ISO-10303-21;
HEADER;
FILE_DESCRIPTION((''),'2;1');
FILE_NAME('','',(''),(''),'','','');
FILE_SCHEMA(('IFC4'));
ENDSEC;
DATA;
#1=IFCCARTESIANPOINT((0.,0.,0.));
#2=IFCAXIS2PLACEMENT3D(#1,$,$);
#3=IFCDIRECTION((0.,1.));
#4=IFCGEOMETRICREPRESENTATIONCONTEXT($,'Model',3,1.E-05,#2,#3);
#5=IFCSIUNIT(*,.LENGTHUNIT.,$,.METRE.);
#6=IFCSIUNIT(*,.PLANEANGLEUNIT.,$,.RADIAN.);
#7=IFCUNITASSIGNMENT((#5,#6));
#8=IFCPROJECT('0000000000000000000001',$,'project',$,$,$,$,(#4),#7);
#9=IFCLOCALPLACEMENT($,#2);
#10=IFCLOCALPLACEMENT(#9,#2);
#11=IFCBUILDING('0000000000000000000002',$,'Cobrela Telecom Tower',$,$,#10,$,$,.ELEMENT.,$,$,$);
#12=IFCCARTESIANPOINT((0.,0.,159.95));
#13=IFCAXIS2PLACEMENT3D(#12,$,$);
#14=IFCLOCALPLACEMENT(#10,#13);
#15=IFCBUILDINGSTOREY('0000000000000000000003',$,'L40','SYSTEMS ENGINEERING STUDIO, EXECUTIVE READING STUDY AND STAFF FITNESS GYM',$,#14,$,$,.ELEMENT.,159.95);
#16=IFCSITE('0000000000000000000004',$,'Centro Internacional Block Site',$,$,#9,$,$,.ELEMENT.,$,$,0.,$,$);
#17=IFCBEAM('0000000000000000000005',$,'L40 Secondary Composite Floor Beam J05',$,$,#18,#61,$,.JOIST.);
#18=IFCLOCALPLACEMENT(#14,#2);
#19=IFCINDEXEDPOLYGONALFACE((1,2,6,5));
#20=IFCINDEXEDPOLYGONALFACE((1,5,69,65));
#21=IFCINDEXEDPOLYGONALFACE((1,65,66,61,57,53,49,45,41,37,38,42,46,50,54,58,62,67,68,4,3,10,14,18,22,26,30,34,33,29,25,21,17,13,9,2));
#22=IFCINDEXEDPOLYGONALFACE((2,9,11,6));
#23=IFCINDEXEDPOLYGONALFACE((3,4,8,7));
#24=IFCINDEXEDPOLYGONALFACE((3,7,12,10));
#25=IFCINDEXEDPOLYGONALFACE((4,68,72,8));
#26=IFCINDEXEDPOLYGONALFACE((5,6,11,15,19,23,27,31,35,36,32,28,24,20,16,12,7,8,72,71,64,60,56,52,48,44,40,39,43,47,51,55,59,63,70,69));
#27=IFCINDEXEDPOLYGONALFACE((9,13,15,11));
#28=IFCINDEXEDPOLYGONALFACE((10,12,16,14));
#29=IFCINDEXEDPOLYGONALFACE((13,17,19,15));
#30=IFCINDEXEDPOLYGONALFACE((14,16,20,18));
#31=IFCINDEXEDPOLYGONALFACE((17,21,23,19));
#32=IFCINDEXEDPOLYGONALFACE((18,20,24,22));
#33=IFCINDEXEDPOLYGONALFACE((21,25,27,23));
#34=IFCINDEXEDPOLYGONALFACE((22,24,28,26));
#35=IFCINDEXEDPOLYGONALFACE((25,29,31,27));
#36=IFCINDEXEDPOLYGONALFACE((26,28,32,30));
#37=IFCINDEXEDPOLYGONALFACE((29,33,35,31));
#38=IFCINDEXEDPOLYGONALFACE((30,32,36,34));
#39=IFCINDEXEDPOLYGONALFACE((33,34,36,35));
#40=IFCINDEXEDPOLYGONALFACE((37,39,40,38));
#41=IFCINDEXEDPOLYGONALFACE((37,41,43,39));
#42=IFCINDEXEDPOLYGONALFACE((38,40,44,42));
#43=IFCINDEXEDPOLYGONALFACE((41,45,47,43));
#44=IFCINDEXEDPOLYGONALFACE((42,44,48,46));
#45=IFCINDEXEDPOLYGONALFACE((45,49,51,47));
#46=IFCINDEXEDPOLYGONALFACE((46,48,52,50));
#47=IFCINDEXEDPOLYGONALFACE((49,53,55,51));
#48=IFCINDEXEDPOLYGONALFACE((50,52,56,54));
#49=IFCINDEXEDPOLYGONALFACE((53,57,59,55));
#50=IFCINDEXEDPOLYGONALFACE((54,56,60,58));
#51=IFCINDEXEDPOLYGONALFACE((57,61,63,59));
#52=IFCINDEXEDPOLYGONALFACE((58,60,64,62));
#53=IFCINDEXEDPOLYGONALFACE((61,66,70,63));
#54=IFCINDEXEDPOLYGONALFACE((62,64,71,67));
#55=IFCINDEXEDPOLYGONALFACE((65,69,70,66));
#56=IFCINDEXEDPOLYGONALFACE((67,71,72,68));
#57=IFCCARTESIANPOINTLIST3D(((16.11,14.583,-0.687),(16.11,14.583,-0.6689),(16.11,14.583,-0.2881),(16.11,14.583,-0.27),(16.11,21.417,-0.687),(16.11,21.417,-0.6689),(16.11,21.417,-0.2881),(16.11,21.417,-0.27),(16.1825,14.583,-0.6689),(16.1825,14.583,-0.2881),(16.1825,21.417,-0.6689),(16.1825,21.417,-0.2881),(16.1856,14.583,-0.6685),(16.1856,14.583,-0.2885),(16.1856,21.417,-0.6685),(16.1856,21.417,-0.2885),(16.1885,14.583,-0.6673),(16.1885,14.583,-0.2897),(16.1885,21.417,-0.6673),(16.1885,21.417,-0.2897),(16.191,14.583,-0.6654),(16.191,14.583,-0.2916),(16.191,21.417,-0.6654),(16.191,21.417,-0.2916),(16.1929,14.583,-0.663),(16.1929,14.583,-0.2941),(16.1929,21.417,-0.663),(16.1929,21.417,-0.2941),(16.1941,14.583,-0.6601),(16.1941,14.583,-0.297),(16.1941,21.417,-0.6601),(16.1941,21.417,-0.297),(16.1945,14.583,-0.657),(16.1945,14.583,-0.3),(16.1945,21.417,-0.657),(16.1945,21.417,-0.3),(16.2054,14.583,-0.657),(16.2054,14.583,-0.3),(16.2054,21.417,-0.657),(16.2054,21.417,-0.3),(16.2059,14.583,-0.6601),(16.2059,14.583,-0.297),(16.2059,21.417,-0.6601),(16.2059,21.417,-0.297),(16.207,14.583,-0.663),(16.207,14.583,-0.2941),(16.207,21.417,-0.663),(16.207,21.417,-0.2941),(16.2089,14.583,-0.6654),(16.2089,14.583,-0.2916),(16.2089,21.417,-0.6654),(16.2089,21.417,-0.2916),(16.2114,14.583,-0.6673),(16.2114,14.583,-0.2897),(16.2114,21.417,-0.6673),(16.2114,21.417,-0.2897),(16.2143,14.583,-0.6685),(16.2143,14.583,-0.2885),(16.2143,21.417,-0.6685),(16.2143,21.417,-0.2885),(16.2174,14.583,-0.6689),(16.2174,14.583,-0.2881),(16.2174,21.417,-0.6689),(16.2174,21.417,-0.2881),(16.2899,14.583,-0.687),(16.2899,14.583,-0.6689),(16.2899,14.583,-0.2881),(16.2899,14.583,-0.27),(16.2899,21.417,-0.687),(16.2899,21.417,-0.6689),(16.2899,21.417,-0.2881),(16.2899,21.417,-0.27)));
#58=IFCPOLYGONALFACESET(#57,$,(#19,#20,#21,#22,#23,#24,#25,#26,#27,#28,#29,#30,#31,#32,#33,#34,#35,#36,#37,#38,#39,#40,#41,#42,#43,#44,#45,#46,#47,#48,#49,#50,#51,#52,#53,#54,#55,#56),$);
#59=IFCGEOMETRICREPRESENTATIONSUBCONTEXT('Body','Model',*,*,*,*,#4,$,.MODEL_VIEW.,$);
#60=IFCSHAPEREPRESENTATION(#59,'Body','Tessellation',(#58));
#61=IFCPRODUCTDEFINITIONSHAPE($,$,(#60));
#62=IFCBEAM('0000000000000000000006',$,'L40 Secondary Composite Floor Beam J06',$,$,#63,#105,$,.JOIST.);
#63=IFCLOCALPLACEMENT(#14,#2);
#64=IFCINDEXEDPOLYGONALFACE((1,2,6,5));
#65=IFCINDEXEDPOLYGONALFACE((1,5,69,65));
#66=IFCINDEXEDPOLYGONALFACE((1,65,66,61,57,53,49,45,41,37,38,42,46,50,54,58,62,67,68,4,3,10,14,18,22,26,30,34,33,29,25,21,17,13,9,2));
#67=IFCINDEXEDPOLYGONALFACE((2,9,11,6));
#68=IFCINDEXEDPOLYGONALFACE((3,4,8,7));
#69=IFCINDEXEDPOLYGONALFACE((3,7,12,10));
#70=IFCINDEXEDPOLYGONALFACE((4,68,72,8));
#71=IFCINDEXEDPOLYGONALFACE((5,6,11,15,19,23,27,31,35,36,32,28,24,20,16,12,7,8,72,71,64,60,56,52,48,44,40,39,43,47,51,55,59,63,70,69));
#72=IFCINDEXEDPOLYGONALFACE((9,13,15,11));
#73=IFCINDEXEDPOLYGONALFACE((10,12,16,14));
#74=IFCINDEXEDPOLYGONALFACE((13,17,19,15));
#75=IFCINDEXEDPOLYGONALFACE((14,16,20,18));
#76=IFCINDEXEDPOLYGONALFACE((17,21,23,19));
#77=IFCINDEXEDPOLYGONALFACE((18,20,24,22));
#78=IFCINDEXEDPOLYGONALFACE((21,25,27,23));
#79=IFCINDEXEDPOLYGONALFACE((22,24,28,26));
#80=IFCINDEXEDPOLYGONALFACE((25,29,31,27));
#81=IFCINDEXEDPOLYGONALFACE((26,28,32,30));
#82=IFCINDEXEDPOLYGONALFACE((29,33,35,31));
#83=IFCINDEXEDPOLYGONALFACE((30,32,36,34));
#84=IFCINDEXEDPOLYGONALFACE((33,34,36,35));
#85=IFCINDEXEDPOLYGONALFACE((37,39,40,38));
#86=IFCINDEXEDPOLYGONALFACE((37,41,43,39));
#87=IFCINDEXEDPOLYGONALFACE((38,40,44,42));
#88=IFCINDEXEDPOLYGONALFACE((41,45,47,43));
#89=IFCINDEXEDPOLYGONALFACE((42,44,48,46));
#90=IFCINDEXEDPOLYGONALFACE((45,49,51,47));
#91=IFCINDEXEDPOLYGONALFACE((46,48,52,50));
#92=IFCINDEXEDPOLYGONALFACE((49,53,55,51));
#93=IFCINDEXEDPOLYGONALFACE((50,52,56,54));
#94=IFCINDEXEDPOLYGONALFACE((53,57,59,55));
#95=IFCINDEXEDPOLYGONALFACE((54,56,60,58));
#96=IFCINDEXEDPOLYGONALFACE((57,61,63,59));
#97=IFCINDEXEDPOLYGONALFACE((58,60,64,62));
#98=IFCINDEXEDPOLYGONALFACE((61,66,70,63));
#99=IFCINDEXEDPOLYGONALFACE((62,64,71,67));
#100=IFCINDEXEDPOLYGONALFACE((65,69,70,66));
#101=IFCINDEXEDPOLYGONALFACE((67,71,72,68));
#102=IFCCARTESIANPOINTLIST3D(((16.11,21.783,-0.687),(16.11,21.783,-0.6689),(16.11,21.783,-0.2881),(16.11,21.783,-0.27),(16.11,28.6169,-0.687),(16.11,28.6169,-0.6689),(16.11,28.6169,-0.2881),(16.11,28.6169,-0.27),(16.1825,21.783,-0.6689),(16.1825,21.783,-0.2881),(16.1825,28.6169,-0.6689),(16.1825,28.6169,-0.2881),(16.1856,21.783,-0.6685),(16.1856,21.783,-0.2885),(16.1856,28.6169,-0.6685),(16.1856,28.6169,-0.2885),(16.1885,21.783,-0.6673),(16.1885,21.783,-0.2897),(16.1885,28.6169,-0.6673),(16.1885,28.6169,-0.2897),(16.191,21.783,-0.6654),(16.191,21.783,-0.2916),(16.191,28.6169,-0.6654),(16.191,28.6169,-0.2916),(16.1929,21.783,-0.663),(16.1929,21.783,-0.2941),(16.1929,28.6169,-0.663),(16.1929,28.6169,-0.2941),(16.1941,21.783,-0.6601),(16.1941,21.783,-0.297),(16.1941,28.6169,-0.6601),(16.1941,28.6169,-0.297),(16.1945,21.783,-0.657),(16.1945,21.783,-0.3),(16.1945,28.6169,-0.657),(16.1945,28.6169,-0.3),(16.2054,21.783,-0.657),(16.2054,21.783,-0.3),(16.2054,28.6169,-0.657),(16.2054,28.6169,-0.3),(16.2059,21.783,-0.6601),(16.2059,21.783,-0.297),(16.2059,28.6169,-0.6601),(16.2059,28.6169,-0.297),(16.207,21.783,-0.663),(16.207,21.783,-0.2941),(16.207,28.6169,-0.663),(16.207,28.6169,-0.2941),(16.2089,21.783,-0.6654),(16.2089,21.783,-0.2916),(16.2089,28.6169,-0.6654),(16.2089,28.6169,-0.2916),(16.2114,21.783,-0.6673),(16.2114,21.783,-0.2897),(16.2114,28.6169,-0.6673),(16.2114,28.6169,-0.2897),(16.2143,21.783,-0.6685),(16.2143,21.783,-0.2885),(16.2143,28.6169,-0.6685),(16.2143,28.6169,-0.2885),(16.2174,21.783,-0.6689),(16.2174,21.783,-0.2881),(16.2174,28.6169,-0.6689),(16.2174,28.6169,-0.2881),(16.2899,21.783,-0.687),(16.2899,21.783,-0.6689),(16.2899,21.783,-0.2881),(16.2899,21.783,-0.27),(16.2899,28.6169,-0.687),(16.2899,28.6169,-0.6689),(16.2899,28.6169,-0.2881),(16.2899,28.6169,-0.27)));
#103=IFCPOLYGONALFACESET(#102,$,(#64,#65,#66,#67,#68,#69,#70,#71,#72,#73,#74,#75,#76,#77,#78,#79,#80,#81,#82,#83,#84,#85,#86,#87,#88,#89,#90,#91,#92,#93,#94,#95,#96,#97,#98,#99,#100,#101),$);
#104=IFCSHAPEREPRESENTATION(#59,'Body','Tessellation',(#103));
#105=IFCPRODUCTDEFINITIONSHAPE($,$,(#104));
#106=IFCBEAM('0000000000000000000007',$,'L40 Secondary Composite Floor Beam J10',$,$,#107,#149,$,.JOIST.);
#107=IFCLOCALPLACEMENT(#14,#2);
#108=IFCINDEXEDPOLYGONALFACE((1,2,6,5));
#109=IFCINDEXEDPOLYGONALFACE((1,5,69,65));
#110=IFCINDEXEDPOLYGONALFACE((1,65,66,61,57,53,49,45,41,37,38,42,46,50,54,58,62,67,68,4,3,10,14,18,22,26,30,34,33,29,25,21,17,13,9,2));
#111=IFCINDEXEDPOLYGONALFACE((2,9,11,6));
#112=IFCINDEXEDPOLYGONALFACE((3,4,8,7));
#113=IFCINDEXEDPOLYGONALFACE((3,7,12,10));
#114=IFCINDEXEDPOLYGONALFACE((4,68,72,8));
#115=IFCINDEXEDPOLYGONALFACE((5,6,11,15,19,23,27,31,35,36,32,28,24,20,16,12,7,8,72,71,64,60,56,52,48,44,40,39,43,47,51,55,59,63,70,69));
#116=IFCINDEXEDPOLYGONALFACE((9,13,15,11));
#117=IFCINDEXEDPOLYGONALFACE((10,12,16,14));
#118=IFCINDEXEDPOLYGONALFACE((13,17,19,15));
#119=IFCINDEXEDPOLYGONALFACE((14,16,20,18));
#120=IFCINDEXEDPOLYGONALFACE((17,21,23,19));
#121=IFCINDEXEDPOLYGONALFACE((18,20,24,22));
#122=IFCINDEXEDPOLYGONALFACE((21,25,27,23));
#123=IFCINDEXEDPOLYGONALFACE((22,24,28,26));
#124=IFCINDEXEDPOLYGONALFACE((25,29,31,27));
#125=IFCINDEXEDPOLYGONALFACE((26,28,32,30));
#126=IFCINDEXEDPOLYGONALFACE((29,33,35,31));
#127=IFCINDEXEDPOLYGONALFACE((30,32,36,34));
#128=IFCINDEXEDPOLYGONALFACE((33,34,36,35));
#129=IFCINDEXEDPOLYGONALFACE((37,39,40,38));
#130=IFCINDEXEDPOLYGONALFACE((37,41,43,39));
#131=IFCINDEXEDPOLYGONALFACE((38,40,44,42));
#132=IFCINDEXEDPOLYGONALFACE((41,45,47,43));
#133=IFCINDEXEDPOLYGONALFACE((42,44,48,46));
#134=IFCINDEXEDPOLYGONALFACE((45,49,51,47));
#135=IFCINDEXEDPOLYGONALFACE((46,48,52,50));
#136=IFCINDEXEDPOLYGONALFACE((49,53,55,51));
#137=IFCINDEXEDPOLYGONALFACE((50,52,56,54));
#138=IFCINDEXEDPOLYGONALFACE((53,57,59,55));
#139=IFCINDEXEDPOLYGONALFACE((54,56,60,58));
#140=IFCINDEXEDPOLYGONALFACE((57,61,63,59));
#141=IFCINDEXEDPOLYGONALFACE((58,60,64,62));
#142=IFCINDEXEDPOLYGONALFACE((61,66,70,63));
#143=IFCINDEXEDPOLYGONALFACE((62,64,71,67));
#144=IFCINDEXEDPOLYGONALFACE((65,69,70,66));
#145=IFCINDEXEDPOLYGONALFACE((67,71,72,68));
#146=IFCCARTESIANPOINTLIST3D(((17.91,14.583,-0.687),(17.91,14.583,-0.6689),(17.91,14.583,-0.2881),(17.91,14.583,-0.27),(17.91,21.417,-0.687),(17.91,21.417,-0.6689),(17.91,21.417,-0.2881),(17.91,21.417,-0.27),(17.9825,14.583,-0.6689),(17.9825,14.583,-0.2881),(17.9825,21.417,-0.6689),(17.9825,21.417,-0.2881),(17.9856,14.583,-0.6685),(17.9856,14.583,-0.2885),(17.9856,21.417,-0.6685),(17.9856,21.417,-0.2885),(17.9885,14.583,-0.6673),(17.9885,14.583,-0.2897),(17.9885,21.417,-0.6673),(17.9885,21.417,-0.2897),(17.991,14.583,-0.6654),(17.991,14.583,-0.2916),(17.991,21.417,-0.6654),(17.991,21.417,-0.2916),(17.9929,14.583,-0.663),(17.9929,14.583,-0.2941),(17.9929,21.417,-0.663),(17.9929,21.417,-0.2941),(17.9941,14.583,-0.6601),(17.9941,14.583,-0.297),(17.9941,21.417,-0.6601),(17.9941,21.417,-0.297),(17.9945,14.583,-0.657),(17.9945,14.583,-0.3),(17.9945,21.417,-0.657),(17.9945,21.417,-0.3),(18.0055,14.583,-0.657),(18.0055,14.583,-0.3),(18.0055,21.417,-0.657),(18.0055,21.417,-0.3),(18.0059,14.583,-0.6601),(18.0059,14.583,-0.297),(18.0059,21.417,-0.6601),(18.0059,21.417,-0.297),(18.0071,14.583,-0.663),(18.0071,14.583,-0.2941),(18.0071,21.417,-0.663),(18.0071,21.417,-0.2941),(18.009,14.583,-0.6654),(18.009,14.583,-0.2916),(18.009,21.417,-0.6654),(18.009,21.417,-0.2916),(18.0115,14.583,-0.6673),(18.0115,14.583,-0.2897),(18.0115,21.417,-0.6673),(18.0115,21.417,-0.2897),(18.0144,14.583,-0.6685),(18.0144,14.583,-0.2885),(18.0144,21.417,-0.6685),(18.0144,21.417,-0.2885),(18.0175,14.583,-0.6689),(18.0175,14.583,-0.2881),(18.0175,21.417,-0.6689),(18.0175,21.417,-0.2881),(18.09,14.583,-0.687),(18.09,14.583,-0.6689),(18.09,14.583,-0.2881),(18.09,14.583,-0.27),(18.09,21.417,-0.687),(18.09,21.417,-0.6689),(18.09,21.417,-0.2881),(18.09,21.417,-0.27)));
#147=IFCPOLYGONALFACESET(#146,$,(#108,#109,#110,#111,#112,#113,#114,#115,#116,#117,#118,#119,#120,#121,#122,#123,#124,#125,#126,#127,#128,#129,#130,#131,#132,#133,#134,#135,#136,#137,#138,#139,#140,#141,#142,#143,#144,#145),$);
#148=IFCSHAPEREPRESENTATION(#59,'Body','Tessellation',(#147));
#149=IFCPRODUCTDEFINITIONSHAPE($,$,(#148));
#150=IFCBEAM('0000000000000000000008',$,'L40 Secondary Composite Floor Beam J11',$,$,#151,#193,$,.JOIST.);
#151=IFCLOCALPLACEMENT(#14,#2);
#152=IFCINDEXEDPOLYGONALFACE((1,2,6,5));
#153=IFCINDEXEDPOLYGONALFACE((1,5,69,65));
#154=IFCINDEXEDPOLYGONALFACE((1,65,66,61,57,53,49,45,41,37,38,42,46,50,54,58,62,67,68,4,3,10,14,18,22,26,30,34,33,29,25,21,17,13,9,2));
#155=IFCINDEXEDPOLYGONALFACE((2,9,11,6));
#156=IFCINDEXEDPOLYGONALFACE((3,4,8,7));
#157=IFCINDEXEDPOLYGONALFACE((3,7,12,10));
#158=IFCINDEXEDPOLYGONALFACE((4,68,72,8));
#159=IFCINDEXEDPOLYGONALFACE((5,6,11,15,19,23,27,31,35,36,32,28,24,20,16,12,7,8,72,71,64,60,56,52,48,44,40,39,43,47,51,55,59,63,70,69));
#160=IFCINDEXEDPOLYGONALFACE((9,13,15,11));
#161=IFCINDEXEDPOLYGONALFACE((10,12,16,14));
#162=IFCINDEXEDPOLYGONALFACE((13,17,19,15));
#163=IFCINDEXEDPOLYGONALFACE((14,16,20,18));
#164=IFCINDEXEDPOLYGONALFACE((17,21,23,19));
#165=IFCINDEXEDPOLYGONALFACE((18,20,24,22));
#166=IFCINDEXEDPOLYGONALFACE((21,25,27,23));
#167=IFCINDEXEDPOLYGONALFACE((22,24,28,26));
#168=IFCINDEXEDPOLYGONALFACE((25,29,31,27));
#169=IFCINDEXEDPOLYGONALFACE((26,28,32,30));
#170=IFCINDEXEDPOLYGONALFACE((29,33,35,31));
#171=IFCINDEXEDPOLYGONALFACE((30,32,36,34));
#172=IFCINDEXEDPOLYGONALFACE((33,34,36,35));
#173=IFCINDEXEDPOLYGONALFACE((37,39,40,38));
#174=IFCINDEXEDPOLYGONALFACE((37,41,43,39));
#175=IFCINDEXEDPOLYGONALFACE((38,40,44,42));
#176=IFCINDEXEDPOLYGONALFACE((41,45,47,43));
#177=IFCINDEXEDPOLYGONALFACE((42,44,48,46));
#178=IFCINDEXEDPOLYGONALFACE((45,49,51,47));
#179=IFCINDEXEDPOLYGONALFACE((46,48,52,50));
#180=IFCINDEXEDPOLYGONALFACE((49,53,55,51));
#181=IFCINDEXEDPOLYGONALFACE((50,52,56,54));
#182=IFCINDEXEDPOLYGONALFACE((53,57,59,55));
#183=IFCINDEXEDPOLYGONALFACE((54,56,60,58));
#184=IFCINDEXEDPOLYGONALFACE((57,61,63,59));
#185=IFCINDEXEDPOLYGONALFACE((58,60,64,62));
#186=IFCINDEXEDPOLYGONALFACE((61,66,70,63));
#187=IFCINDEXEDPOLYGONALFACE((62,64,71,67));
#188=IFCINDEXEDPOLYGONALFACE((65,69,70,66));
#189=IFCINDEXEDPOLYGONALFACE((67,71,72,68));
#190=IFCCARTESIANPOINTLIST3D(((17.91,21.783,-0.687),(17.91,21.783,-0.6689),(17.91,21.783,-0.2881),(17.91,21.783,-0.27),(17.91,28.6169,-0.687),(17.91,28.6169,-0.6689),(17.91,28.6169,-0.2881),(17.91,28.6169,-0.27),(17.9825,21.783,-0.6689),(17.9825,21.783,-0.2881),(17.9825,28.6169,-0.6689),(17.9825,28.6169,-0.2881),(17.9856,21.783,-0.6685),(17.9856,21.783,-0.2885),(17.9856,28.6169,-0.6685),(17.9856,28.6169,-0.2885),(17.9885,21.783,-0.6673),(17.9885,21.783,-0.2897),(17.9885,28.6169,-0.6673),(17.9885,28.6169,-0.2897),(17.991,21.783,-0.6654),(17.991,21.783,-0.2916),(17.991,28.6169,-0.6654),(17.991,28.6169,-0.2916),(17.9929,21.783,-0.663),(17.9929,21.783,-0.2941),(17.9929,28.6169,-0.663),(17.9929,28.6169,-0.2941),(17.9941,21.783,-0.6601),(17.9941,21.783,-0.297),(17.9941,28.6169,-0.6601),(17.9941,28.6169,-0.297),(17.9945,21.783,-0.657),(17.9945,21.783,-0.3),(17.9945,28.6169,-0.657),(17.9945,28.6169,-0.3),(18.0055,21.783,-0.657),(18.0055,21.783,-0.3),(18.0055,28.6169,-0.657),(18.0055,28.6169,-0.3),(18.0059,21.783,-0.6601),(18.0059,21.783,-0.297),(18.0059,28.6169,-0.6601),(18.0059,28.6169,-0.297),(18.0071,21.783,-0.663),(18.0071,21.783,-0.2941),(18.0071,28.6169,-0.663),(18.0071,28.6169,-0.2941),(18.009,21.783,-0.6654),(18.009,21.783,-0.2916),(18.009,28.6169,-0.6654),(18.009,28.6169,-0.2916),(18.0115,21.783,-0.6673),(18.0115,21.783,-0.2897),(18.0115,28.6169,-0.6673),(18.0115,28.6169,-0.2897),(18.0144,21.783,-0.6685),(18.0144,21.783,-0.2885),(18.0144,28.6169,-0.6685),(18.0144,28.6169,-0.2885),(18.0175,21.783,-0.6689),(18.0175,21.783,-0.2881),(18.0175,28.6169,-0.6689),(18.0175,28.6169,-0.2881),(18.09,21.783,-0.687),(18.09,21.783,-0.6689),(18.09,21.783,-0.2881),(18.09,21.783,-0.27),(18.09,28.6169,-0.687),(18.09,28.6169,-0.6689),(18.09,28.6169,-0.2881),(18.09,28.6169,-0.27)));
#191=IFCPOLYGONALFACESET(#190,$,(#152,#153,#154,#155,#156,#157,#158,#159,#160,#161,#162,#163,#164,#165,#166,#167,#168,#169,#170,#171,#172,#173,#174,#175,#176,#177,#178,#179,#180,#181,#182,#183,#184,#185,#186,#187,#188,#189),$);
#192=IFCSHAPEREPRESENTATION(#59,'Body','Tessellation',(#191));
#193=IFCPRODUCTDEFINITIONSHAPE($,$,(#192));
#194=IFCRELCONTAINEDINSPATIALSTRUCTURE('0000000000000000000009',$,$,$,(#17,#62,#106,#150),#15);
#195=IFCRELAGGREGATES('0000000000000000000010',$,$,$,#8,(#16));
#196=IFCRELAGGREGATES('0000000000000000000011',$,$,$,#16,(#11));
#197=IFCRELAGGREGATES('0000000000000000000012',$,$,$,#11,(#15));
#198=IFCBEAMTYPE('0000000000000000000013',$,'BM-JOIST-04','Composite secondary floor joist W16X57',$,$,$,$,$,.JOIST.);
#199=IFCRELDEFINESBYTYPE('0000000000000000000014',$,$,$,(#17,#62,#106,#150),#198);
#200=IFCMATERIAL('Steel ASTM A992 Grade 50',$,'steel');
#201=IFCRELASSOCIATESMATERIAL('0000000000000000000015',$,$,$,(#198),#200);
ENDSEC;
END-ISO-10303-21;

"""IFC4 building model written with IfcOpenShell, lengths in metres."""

from ifc_helpers import new_model, si_unit, direction, frame, origin, origin_2d, place, context, subcontext, project, spatial, i_section, extrude, material, material_profile, profile_set, type_object, element, save


model = new_model("IFC4")

# Units and contexts
model_context = context("Model", 3, precision=1e-05, world=origin(), true_north=direction((0.0, 1.0)))
body_context = subcontext(model_context, "Body", "Model", "MODEL_VIEW")
ifc_project = project(units=[si_unit("LENGTHUNIT", "METRE"), si_unit("PLANEANGLEUNIT", "RADIAN")], contexts=[model_context])

# Site, building, storey
site_placement = place(None, origin())
site = spatial("IfcSite", under=ifc_project, at=site_placement, Name="Centro Internacional Block Site", CompositionType="ELEMENT", RefElevation=0.0)
building_placement = place(site_placement, origin())
building = spatial("IfcBuilding", under=site, at=building_placement, Name="Cobrela Telecom Tower", CompositionType="ELEMENT")
storey_placement = place(building_placement, frame((0.0, 0.0, 159.95)))
storey = spatial("IfcBuildingStorey", under=building, at=storey_placement, Name="L40", Description="SYSTEMS ENGINEERING STUDIO, EXECUTIVE READING STUDY AND STAFF FITNESS GYM", CompositionType="ELEMENT", Elevation=159.95)

# Beams
ifc_material_1 = material(Name="Steel ASTM A992 Grade 50", Category="steel")
ifc_material_profile_1 = material_profile(ifc_material_1, i_section(OverallWidth=0.1799, OverallDepth=0.417, WebThickness=0.011, FlangeThickness=0.0181, FilletRadius=0.012, at=origin_2d()), Name="W16X57")
ifc_profile_set_1 = profile_set([ifc_material_profile_1], Name="Steel ASTM A992 Grade 50")
beam_type_1 = type_object("IfcBeamType", Name="BM-JOIST-04", Description="Composite secondary floor joist W16X57", PredefinedType="JOIST", material=ifc_profile_set_1)
for number, where, z_axis, x_axis, name in (
    (1, (16.2, 14.583, -0.4785), (0.0, 1.0, 0.0), (-1.0, 0.0, 0.0), "L40 Secondary Composite Floor Beam J05"),
    (2, (16.2, 21.783, -0.4785), (0.0, 1.0, 0.0), (-1.0, 0.0, 0.0), "L40 Secondary Composite Floor Beam J06"),
    (3, (18.0, 14.583, -0.4785), (0.0, 1.0, 0.0), (-1.0, 0.0, 0.0), "L40 Secondary Composite Floor Beam J10"),
    (4, (18.0, 21.783, -0.4785), (0.0, 1.0, 0.0), (-1.0, 0.0, 0.0), "L40 Secondary Composite Floor Beam J11"),
):
    element("IfcBeam", number, at=place(storey_placement, frame(where, z_axis=z_axis, x_axis=x_axis)), inside=storey, type_object=beam_type_1, Name=name, PredefinedType="JOIST", context=body_context, shape_type="SweptSolid", body=[
        extrude(i_section(OverallWidth=0.1799, OverallDepth=0.417, WebThickness=0.011, FlangeThickness=0.0181, FilletRadius=0.012, at=origin_2d()), origin(), (0.0, 0.0, 1.0), 6.834),
    ])

save(model, "model.ifc")
